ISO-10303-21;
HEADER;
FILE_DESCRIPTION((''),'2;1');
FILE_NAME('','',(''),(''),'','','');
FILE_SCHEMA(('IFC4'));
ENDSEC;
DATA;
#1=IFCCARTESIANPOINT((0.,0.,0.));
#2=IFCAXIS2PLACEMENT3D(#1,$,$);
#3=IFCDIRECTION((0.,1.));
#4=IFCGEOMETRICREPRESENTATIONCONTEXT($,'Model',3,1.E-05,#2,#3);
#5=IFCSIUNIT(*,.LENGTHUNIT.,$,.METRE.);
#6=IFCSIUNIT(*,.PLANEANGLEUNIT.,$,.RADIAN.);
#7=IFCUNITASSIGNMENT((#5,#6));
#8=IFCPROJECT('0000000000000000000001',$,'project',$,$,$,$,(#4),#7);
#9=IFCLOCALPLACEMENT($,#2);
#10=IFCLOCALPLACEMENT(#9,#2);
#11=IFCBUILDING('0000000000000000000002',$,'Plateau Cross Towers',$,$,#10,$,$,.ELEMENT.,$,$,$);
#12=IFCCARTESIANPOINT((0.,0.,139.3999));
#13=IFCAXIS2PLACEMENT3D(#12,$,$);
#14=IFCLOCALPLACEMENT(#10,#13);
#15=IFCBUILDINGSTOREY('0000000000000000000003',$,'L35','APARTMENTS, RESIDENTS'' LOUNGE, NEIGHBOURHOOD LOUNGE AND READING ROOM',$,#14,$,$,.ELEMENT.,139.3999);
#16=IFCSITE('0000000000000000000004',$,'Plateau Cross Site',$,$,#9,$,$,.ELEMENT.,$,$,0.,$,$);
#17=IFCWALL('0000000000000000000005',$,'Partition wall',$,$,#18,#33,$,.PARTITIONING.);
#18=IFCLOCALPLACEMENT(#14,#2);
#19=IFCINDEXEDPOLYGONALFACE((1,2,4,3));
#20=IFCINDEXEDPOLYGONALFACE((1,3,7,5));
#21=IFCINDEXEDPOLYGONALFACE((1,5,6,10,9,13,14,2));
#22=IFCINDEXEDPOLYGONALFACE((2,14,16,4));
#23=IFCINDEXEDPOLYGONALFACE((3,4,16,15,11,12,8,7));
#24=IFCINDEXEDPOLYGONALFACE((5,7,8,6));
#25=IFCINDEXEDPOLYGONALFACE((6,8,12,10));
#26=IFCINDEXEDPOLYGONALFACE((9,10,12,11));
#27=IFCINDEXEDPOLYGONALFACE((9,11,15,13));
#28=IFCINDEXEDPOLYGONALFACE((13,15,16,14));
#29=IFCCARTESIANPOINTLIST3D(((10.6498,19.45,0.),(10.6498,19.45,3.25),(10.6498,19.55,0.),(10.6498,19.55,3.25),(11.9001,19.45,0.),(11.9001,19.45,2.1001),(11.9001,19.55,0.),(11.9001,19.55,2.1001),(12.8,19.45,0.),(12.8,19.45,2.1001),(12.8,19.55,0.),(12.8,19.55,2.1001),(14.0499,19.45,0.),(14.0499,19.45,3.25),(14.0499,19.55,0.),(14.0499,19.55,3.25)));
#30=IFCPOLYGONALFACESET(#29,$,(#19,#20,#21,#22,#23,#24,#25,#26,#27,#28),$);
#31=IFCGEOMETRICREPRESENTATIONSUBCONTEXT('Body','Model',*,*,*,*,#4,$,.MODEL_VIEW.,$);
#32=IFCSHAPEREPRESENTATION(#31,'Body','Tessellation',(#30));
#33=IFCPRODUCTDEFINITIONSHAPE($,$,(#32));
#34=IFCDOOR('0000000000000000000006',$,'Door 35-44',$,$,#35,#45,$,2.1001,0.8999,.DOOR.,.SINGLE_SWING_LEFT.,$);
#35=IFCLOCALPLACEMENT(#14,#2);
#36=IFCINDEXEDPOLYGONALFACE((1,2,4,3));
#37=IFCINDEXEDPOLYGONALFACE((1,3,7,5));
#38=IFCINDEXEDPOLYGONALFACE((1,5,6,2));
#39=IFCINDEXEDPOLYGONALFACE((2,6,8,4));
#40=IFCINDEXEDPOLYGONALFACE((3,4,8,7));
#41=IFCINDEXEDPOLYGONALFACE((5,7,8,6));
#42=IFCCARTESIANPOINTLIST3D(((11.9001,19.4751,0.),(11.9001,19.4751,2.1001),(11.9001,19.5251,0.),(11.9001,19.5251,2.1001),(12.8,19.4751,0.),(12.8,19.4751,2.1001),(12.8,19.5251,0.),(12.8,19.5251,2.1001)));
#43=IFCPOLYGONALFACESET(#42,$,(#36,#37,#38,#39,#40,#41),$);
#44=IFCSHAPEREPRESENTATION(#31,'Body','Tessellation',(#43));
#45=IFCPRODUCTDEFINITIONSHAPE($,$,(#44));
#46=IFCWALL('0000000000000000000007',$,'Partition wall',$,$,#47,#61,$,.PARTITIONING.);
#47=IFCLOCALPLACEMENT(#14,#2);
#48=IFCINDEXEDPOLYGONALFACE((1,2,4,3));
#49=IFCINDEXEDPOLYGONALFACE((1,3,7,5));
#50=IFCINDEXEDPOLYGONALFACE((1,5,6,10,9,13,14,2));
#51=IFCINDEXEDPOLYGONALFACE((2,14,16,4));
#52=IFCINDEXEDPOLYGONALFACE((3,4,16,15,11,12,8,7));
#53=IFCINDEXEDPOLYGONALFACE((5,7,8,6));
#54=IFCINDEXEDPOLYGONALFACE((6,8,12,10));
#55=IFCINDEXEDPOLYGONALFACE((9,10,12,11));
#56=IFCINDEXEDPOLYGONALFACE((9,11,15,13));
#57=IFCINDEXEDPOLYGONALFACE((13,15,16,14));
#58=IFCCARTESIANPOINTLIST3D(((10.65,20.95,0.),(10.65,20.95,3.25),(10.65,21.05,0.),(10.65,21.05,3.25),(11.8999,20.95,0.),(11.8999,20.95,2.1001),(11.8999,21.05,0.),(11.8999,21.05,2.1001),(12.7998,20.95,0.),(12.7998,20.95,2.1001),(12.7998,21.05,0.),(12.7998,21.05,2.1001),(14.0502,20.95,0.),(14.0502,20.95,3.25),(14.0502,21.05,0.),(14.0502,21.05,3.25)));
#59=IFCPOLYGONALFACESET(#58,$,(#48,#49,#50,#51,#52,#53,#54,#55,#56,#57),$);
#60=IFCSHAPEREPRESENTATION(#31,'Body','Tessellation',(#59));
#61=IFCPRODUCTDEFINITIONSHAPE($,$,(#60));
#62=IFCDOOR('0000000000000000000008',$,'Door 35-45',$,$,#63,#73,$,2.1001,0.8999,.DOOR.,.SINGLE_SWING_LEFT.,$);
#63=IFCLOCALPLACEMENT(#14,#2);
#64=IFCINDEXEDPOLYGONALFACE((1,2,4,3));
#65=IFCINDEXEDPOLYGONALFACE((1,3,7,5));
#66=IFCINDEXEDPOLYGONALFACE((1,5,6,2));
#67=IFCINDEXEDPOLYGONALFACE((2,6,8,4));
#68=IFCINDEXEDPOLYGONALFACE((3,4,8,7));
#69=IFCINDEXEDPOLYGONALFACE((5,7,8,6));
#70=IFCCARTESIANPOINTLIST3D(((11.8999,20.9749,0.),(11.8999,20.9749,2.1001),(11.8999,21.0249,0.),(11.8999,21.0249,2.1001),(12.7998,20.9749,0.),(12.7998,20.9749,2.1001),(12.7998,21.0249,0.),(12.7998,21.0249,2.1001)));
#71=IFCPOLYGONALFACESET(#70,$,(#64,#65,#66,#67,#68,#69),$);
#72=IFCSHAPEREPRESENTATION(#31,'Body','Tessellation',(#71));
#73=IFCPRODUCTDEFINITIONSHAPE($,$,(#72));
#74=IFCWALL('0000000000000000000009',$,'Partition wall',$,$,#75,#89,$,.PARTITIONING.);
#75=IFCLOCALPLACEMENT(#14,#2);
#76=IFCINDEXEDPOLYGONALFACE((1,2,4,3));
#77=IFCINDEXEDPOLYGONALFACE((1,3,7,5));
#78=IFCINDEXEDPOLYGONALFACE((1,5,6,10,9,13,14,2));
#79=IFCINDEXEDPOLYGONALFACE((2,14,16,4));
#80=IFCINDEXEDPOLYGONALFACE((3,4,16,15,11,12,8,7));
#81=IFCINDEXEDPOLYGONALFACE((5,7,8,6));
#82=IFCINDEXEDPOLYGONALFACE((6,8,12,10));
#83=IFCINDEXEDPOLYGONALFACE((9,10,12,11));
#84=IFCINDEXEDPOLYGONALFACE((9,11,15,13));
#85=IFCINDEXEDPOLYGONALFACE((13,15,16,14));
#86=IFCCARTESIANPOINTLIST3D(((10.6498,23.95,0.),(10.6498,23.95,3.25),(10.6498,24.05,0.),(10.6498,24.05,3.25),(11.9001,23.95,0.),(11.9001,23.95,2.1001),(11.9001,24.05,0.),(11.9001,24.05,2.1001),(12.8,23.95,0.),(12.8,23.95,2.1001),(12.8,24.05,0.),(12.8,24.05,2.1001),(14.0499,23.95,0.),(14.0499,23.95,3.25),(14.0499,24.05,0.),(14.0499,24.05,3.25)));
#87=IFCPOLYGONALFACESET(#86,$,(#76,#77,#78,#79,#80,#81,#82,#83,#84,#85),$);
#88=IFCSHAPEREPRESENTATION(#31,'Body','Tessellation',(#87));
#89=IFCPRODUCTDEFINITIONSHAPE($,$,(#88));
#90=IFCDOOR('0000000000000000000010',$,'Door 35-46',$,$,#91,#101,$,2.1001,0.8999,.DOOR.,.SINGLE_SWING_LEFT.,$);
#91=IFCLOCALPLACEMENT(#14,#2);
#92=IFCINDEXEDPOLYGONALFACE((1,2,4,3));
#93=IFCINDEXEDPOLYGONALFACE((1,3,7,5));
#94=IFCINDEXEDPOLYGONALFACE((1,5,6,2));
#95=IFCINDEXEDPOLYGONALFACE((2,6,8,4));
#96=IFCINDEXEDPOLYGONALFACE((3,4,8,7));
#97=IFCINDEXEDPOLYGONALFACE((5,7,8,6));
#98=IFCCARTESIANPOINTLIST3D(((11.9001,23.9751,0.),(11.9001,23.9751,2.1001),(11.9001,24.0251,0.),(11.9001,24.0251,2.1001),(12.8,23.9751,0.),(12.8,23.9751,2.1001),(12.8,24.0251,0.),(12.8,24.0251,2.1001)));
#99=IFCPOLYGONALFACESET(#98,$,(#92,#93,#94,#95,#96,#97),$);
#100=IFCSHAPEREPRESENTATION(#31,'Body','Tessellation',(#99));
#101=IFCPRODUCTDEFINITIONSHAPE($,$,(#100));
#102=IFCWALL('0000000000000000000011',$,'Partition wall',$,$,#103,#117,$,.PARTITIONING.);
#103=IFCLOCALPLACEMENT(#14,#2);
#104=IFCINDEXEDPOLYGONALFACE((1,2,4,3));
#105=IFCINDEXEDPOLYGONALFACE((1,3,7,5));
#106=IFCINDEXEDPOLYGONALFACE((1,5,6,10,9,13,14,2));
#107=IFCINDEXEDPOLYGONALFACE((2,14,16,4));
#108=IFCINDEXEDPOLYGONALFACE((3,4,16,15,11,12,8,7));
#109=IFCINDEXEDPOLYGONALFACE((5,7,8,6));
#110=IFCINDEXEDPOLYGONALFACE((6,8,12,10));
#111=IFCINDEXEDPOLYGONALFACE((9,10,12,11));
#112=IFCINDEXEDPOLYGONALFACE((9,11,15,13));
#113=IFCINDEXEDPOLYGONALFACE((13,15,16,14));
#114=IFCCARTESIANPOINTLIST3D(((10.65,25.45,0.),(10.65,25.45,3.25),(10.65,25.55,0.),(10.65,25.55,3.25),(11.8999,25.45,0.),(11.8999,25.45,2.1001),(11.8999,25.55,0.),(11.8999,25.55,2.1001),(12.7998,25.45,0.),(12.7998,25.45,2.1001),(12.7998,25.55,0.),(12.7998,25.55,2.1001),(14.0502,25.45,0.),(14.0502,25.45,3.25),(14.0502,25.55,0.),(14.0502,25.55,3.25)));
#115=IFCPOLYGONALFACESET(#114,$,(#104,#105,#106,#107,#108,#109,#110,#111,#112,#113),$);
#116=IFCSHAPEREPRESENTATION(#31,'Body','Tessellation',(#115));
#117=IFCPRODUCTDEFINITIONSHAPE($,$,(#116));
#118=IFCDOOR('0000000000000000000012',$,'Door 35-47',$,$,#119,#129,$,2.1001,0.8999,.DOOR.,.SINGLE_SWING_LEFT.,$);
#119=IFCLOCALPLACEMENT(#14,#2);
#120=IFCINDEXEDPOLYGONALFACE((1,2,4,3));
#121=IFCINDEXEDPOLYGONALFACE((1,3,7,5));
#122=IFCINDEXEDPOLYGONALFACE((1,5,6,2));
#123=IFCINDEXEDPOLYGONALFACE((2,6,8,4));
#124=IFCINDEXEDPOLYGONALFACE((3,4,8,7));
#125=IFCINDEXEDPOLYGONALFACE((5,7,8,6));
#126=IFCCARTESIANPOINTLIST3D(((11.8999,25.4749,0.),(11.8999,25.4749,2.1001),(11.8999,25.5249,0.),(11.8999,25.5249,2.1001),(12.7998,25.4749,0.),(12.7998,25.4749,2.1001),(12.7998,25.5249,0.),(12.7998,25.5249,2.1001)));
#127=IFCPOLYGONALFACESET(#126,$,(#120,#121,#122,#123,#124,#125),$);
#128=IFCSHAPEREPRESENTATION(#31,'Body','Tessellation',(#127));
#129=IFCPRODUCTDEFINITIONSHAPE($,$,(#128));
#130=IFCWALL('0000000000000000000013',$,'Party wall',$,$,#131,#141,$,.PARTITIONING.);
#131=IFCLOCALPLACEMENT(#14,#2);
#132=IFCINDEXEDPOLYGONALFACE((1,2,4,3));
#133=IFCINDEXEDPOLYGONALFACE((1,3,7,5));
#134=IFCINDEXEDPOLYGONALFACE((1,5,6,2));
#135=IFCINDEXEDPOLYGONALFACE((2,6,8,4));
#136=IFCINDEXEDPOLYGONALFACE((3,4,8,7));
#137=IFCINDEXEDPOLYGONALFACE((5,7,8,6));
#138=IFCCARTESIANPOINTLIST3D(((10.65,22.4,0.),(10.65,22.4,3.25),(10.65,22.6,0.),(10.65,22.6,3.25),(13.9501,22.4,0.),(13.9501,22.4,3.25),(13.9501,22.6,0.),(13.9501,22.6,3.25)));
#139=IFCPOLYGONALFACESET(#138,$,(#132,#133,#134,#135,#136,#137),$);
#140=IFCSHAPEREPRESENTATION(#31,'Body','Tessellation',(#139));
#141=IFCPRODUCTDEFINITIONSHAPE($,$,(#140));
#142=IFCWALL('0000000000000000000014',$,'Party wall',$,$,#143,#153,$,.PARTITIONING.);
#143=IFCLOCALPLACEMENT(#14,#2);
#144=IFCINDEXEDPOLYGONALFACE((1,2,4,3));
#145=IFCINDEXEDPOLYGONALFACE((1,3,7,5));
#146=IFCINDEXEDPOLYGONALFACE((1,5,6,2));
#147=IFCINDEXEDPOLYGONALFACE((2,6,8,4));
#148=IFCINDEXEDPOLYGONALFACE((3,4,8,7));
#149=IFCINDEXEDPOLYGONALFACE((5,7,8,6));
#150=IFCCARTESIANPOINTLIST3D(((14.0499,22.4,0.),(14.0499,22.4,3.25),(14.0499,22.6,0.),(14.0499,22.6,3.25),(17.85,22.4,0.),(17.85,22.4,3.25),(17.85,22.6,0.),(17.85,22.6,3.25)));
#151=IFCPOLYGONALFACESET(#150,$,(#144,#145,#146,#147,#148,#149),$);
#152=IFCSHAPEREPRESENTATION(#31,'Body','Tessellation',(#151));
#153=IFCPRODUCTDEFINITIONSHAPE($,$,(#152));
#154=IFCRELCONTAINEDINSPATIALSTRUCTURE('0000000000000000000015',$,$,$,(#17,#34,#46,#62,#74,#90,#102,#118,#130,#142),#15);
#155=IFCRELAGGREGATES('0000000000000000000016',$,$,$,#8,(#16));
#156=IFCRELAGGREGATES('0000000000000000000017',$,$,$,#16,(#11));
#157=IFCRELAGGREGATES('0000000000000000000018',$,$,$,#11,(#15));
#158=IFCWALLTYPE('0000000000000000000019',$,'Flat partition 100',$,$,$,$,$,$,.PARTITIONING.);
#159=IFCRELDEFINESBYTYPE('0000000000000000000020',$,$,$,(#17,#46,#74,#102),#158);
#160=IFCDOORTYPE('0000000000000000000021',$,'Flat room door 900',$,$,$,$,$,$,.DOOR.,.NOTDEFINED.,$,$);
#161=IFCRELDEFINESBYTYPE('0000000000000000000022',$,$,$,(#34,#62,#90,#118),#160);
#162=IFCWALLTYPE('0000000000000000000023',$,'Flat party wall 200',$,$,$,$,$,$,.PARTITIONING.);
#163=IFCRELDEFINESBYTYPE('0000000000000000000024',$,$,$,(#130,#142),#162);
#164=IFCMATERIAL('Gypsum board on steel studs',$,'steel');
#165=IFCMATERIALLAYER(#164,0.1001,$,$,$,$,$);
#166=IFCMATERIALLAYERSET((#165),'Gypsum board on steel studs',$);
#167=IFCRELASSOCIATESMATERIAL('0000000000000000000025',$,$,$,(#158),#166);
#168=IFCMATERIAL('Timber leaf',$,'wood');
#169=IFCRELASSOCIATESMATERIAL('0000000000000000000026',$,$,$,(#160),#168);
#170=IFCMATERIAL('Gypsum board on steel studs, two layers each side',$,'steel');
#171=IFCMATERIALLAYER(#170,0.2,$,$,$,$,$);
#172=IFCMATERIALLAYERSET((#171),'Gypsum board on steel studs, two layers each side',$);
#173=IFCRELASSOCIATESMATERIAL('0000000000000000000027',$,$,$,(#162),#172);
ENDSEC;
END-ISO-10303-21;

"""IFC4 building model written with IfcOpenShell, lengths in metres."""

from ifc_helpers import new_model, si_unit, direction, frame, frame_2d, origin, place, context, subcontext, project, spatial, rectangle, extrude, material, layer, layer_set, type_object, element, fill, save


model = new_model("IFC4")

# Units and contexts
model_context = context("Model", 3, precision=1e-05, world=origin(), true_north=direction((0.0, 1.0)))
body_context = subcontext(model_context, "Body", "Model", "MODEL_VIEW")
ifc_project = project(units=[si_unit("LENGTHUNIT", "METRE"), si_unit("PLANEANGLEUNIT", "RADIAN")], contexts=[model_context])

# Site, building, storey
site_placement = place(None, origin())
site = spatial("IfcSite", under=ifc_project, at=site_placement, Name="Plateau Cross Site", CompositionType="ELEMENT", RefElevation=0.0)
building_placement = place(site_placement, origin())
building = spatial("IfcBuilding", under=site, at=building_placement, Name="Plateau Cross Towers", CompositionType="ELEMENT")
storey_placement = place(building_placement, frame((0.0, 0.0, 139.3999)))
storey = spatial("IfcBuildingStorey", under=building, at=storey_placement, Name="L35", Description="APARTMENTS, RESIDENTS' LOUNGE, NEIGHBOURHOOD LOUNGE AND READING ROOM", CompositionType="ELEMENT", Elevation=139.3999)

# Walls, openings, doors
ifc_material_1 = material(Name="Gypsum board on steel studs", Category="steel")
ifc_layer_1 = layer(ifc_material_1, 0.1001)
ifc_layer_set_1 = layer_set([ifc_layer_1], Name="Gypsum board on steel studs")
wall_type_1 = type_object("IfcWallType", Name="Flat partition 100", PredefinedType="PARTITIONING", material=ifc_layer_set_1)
wall_1_placement = place(storey_placement, frame((14.05, 19.5, 0.0), z_axis=(0.0, 0.0, 1.0), x_axis=(-1.0, 0.0, 0.0)))
wall_1 = element("IfcWall", 1, at=wall_1_placement, inside=storey, type_object=wall_type_1, Name="Partition wall", PredefinedType="PARTITIONING", context=body_context, shape_type="SweptSolid", body=[
    extrude(rectangle(XDim=3.4001, YDim=0.1001, at=frame_2d((1.7002, 0.0))), origin(), (0.0, 0.0, 1.0), 3.25),
])
opening_1_placement = place(wall_1_placement, frame((1.25, 0.0, 0.0)))
opening_1 = element("IfcOpeningElement", 2, at=opening_1_placement, cuts=wall_1, PredefinedType="OPENING", context=body_context, shape_type="SweptSolid", body=[
    extrude(rectangle(XDim=0.8999, YDim=2.1001, at=frame_2d((0.45, 1.05))), frame((0.0, 0.0601, 0.0), z_axis=(0.0, -1.0, 0.0), x_axis=(1.0, 0.0, 0.0)), (0.0, 0.0, 1.0), 0.1201),
])
ifc_material_2 = material(Name="Timber leaf", Category="wood")
door_type = type_object("IfcDoorType", Name="Flat room door 900", OperationType="NOTDEFINED", PredefinedType="DOOR", material=ifc_material_2)
door_1_placement = place(opening_1_placement, origin())
door_1 = element("IfcDoor", 3, at=door_1_placement, inside=storey, type_object=door_type, Name="Door 35-44", OperationType="SINGLE_SWING_LEFT", OverallHeight=2.1001, OverallWidth=0.8999, PredefinedType="DOOR", context=body_context, shape_type="SweptSolid", body=[
    extrude(rectangle(XDim=0.8999, YDim=2.1001, at=frame_2d((0.45, 1.05))), frame((0.0, 0.0249, 0.0), z_axis=(0.0, -1.0, 0.0), x_axis=(1.0, 0.0, 0.0)), (0.0, 0.0, 1.0), 0.05),
])
fill(opening_1, door_1)
wall_2_placement = place(storey_placement, frame((10.6499, 21.0, 0.0), z_axis=(0.0, 0.0, 1.0), x_axis=(1.0, 0.0, 0.0)))
wall_2 = element("IfcWall", 4, at=wall_2_placement, inside=storey, type_object=wall_type_1, Name="Partition wall", PredefinedType="PARTITIONING", context=body_context, shape_type="SweptSolid", body=[
    extrude(rectangle(XDim=3.4001, YDim=0.1001, at=frame_2d((1.7002, 0.0))), origin(), (0.0, 0.0, 1.0), 3.25),
])
opening_2_placement = place(wall_2_placement, frame((1.25, 0.0, 0.0)))
opening_2 = element("IfcOpeningElement", 5, at=opening_2_placement, cuts=wall_2, PredefinedType="OPENING", context=body_context, shape_type="SweptSolid", body=[
    extrude(rectangle(XDim=0.8999, YDim=2.1001, at=frame_2d((0.45, 1.05))), frame((0.0, 0.0601, 0.0), z_axis=(0.0, -1.0, 0.0), x_axis=(1.0, 0.0, 0.0)), (0.0, 0.0, 1.0), 0.1201),
])
door_2_placement = place(opening_2_placement, origin())
door_2 = element("IfcDoor", 6, at=door_2_placement, inside=storey, type_object=door_type, Name="Door 35-45", OperationType="SINGLE_SWING_LEFT", OverallHeight=2.1001, OverallWidth=0.8999, PredefinedType="DOOR", context=body_context, shape_type="SweptSolid", body=[
    extrude(rectangle(XDim=0.8999, YDim=2.1001, at=frame_2d((0.45, 1.05))), frame((0.0, 0.0249, 0.0), z_axis=(0.0, -1.0, 0.0), x_axis=(1.0, 0.0, 0.0)), (0.0, 0.0, 1.0), 0.05),
])
fill(opening_2, door_2)
wall_3_placement = place(storey_placement, frame((14.05, 24.0, 0.0), z_axis=(0.0, 0.0, 1.0), x_axis=(-1.0, 0.0, 0.0)))
wall_3 = element("IfcWall", 7, at=wall_3_placement, inside=storey, type_object=wall_type_1, Name="Partition wall", PredefinedType="PARTITIONING", context=body_context, shape_type="SweptSolid", body=[
    extrude(rectangle(XDim=3.4001, YDim=0.1001, at=frame_2d((1.7002, 0.0))), origin(), (0.0, 0.0, 1.0), 3.25),
])
opening_3_placement = place(wall_3_placement, frame((1.25, 0.0, 0.0)))
opening_3 = element("IfcOpeningElement", 8, at=opening_3_placement, cuts=wall_3, PredefinedType="OPENING", context=body_context, shape_type="SweptSolid", body=[
    extrude(rectangle(XDim=0.8999, YDim=2.1001, at=frame_2d((0.45, 1.05))), frame((0.0, 0.0601, 0.0), z_axis=(0.0, -1.0, 0.0), x_axis=(1.0, 0.0, 0.0)), (0.0, 0.0, 1.0), 0.1201),
])
door_3_placement = place(opening_3_placement, origin())
door_3 = element("IfcDoor", 9, at=door_3_placement, inside=storey, type_object=door_type, Name="Door 35-46", OperationType="SINGLE_SWING_LEFT", OverallHeight=2.1001, OverallWidth=0.8999, PredefinedType="DOOR", context=body_context, shape_type="SweptSolid", body=[
    extrude(rectangle(XDim=0.8999, YDim=2.1001, at=frame_2d((0.45, 1.05))), frame((0.0, 0.0249, 0.0), z_axis=(0.0, -1.0, 0.0), x_axis=(1.0, 0.0, 0.0)), (0.0, 0.0, 1.0), 0.05),
])
fill(opening_3, door_3)
wall_4_placement = place(storey_placement, frame((10.6499, 25.5, 0.0), z_axis=(0.0, 0.0, 1.0), x_axis=(1.0, 0.0, 0.0)))
wall_4 = element("IfcWall", 10, at=wall_4_placement, inside=storey, type_object=wall_type_1, Name="Partition wall", PredefinedType="PARTITIONING", context=body_context, shape_type="SweptSolid", body=[
    extrude(rectangle(XDim=3.4001, YDim=0.1001, at=frame_2d((1.7002, 0.0))), origin(), (0.0, 0.0, 1.0), 3.25),
])
opening_4_placement = place(wall_4_placement, frame((1.25, 0.0, 0.0)))
opening_4 = element("IfcOpeningElement", 11, at=opening_4_placement, cuts=wall_4, PredefinedType="OPENING", context=body_context, shape_type="SweptSolid", body=[
    extrude(rectangle(XDim=0.8999, YDim=2.1001, at=frame_2d((0.45, 1.05))), frame((0.0, 0.0601, 0.0), z_axis=(0.0, -1.0, 0.0), x_axis=(1.0, 0.0, 0.0)), (0.0, 0.0, 1.0), 0.1201),
])
door_4_placement = place(opening_4_placement, origin())
door_4 = element("IfcDoor", 12, at=door_4_placement, inside=storey, type_object=door_type, Name="Door 35-47", OperationType="SINGLE_SWING_LEFT", OverallHeight=2.1001, OverallWidth=0.8999, PredefinedType="DOOR", context=body_context, shape_type="SweptSolid", body=[
    extrude(rectangle(XDim=0.8999, YDim=2.1001, at=frame_2d((0.45, 1.05))), frame((0.0, 0.0249, 0.0), z_axis=(0.0, -1.0, 0.0), x_axis=(1.0, 0.0, 0.0)), (0.0, 0.0, 1.0), 0.05),
])
fill(opening_4, door_4)

# Walls
ifc_material_3 = material(Name="Gypsum board on steel studs, two layers each side", Category="steel")
ifc_layer_2 = layer(ifc_material_3, 0.2)
ifc_layer_set_2 = layer_set([ifc_layer_2], Name="Gypsum board on steel studs, two layers each side")
wall_type_2 = type_object("IfcWallType", Name="Flat party wall 200", PredefinedType="PARTITIONING", material=ifc_layer_set_2)
wall_5_placement = place(storey_placement, frame((13.95, 22.5, 0.0), z_axis=(0.0, 0.0, 1.0), x_axis=(-1.0, 0.0, 0.0)))
element("IfcWall", 13, at=wall_5_placement, inside=storey, type_object=wall_type_2, Name="Party wall", PredefinedType="PARTITIONING", context=body_context, shape_type="SweptSolid", body=[
    extrude(rectangle(XDim=3.3, YDim=0.2, at=frame_2d((1.6499, 0.0))), origin(), (0.0, 0.0, 1.0), 3.25),
])
wall_6_placement = place(storey_placement, frame((14.05, 22.5, 0.0), z_axis=(0.0, 0.0, 1.0), x_axis=(1.0, 0.0, 0.0)))
element("IfcWall", 14, at=wall_6_placement, inside=storey, type_object=wall_type_2, Name="Party wall", PredefinedType="PARTITIONING", context=body_context, shape_type="SweptSolid", body=[
    extrude(rectangle(XDim=3.8, YDim=0.2, at=frame_2d((1.8999, 0.0))), origin(), (0.0, 0.0, 1.0), 3.25),
])

save(model, "model.ifc")
